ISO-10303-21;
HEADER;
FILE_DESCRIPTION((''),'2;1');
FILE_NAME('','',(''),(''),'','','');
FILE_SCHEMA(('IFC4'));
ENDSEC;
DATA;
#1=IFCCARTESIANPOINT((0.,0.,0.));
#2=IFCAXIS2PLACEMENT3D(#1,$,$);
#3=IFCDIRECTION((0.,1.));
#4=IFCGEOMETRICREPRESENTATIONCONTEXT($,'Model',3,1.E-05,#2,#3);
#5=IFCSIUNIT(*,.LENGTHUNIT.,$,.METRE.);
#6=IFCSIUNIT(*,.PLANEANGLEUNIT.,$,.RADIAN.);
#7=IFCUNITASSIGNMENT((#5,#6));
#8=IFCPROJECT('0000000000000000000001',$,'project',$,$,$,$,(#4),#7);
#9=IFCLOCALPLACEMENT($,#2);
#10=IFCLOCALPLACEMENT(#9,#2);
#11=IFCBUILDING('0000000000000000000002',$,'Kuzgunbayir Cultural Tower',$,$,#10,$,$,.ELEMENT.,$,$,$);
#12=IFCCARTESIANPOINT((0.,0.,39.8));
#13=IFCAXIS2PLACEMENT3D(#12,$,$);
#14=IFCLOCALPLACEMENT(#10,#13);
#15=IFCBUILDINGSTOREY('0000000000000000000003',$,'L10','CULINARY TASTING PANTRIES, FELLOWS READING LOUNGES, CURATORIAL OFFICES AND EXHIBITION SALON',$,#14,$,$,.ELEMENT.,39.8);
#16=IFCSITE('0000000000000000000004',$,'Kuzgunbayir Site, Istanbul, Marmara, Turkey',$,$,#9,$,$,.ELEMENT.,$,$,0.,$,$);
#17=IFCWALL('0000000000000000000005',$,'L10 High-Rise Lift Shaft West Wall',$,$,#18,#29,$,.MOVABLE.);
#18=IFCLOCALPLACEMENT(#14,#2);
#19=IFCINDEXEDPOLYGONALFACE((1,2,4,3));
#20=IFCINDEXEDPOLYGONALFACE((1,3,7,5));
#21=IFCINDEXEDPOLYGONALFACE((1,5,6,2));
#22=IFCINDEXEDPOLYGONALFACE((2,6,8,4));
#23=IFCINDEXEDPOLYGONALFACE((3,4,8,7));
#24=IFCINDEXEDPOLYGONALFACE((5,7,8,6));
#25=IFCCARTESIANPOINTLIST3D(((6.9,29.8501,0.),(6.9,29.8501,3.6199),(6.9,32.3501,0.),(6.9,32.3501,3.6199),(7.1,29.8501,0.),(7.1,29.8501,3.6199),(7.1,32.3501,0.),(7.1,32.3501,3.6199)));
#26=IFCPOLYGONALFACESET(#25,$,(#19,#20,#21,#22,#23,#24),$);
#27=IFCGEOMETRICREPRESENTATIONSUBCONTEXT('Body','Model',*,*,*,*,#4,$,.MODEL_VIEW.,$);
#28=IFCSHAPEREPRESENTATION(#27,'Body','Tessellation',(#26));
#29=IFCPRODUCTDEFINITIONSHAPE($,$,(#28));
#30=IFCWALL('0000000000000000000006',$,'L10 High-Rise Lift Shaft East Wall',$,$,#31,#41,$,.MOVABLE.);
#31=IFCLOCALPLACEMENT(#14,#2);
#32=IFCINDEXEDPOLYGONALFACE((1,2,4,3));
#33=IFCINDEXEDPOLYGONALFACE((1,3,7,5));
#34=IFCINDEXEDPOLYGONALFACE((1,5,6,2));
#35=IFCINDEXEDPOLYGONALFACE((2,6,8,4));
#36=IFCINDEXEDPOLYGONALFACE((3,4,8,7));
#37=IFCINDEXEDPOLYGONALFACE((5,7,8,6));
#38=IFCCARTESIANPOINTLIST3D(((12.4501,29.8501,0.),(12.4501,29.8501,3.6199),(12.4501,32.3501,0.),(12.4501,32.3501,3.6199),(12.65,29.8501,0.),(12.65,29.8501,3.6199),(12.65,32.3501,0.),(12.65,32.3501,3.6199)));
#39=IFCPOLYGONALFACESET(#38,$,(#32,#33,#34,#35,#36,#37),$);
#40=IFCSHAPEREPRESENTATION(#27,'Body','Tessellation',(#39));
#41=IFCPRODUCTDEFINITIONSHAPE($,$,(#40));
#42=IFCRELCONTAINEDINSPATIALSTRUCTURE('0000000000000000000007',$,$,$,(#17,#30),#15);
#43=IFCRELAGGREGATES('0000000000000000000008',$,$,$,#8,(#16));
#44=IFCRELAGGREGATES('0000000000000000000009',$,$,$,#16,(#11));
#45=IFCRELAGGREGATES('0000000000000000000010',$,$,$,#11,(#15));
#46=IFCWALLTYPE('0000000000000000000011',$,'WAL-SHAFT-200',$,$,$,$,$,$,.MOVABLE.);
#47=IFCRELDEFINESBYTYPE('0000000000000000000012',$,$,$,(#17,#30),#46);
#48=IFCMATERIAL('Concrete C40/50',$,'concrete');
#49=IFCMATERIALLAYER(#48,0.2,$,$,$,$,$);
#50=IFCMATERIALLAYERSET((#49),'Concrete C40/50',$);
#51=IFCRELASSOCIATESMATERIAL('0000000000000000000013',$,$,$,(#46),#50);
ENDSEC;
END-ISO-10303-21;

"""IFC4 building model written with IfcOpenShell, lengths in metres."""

from ifc_helpers import new_model, si_unit, direction, frame, frame_2d, origin, place, context, subcontext, project, spatial, rectangle, extrude, material, layer, layer_set, type_object, element, save


model = new_model("IFC4")

# Units and contexts
model_context = context("Model", 3, precision=1e-05, world=origin(), true_north=direction((0.0, 1.0)))
body_context = subcontext(model_context, "Body", "Model", "MODEL_VIEW")
ifc_project = project(units=[si_unit("LENGTHUNIT", "METRE"), si_unit("PLANEANGLEUNIT", "RADIAN")], contexts=[model_context])

# Site, building, storey
site_placement = place(None, origin())
site = spatial("IfcSite", under=ifc_project, at=site_placement, Name="Kuzgunbayir Site, Istanbul, Marmara, Turkey", CompositionType="ELEMENT", RefElevation=0.0)
building_placement = place(site_placement, origin())
building = spatial("IfcBuilding", under=site, at=building_placement, Name="Kuzgunbayir Cultural Tower", CompositionType="ELEMENT")
storey_placement = place(building_placement, frame((0.0, 0.0, 39.8)))
storey = spatial("IfcBuildingStorey", under=building, at=storey_placement, Name="L10", Description="CULINARY TASTING PANTRIES, FELLOWS READING LOUNGES, CURATORIAL OFFICES AND EXHIBITION SALON", CompositionType="ELEMENT", Elevation=39.8)

# Walls
ifc_material_1 = material(Name="Concrete C40/50", Category="concrete")
ifc_layer_1 = layer(ifc_material_1, 0.2)
ifc_layer_set_1 = layer_set([ifc_layer_1], Name="Concrete C40/50")
wall_type_1 = type_object("IfcWallType", Name="WAL-SHAFT-200", PredefinedType="MOVABLE", material=ifc_layer_set_1)
for number, where, z_axis, x_axis, name in (
    (1, (7.0, 29.8501, 0.0), (0.0, 0.0, 1.0), (0.0, 1.0, 0.0), "L10 High-Rise Lift Shaft West Wall"),
    (2, (12.55, 29.8501, 0.0), (0.0, 0.0, 1.0), (0.0, 1.0, 0.0), "L10 High-Rise Lift Shaft East Wall"),
):
    element("IfcWall", number, at=place(storey_placement, frame(where, z_axis=z_axis, x_axis=x_axis)), inside=storey, type_object=wall_type_1, Name=name, PredefinedType="MOVABLE", context=body_context, shape_type="SweptSolid", body=[
        extrude(rectangle(XDim=2.5, YDim=0.2, at=frame_2d((1.25, 0.0))), origin(), (0.0, 0.0, 1.0), 3.6199),
    ])

save(model, "model.ifc")
